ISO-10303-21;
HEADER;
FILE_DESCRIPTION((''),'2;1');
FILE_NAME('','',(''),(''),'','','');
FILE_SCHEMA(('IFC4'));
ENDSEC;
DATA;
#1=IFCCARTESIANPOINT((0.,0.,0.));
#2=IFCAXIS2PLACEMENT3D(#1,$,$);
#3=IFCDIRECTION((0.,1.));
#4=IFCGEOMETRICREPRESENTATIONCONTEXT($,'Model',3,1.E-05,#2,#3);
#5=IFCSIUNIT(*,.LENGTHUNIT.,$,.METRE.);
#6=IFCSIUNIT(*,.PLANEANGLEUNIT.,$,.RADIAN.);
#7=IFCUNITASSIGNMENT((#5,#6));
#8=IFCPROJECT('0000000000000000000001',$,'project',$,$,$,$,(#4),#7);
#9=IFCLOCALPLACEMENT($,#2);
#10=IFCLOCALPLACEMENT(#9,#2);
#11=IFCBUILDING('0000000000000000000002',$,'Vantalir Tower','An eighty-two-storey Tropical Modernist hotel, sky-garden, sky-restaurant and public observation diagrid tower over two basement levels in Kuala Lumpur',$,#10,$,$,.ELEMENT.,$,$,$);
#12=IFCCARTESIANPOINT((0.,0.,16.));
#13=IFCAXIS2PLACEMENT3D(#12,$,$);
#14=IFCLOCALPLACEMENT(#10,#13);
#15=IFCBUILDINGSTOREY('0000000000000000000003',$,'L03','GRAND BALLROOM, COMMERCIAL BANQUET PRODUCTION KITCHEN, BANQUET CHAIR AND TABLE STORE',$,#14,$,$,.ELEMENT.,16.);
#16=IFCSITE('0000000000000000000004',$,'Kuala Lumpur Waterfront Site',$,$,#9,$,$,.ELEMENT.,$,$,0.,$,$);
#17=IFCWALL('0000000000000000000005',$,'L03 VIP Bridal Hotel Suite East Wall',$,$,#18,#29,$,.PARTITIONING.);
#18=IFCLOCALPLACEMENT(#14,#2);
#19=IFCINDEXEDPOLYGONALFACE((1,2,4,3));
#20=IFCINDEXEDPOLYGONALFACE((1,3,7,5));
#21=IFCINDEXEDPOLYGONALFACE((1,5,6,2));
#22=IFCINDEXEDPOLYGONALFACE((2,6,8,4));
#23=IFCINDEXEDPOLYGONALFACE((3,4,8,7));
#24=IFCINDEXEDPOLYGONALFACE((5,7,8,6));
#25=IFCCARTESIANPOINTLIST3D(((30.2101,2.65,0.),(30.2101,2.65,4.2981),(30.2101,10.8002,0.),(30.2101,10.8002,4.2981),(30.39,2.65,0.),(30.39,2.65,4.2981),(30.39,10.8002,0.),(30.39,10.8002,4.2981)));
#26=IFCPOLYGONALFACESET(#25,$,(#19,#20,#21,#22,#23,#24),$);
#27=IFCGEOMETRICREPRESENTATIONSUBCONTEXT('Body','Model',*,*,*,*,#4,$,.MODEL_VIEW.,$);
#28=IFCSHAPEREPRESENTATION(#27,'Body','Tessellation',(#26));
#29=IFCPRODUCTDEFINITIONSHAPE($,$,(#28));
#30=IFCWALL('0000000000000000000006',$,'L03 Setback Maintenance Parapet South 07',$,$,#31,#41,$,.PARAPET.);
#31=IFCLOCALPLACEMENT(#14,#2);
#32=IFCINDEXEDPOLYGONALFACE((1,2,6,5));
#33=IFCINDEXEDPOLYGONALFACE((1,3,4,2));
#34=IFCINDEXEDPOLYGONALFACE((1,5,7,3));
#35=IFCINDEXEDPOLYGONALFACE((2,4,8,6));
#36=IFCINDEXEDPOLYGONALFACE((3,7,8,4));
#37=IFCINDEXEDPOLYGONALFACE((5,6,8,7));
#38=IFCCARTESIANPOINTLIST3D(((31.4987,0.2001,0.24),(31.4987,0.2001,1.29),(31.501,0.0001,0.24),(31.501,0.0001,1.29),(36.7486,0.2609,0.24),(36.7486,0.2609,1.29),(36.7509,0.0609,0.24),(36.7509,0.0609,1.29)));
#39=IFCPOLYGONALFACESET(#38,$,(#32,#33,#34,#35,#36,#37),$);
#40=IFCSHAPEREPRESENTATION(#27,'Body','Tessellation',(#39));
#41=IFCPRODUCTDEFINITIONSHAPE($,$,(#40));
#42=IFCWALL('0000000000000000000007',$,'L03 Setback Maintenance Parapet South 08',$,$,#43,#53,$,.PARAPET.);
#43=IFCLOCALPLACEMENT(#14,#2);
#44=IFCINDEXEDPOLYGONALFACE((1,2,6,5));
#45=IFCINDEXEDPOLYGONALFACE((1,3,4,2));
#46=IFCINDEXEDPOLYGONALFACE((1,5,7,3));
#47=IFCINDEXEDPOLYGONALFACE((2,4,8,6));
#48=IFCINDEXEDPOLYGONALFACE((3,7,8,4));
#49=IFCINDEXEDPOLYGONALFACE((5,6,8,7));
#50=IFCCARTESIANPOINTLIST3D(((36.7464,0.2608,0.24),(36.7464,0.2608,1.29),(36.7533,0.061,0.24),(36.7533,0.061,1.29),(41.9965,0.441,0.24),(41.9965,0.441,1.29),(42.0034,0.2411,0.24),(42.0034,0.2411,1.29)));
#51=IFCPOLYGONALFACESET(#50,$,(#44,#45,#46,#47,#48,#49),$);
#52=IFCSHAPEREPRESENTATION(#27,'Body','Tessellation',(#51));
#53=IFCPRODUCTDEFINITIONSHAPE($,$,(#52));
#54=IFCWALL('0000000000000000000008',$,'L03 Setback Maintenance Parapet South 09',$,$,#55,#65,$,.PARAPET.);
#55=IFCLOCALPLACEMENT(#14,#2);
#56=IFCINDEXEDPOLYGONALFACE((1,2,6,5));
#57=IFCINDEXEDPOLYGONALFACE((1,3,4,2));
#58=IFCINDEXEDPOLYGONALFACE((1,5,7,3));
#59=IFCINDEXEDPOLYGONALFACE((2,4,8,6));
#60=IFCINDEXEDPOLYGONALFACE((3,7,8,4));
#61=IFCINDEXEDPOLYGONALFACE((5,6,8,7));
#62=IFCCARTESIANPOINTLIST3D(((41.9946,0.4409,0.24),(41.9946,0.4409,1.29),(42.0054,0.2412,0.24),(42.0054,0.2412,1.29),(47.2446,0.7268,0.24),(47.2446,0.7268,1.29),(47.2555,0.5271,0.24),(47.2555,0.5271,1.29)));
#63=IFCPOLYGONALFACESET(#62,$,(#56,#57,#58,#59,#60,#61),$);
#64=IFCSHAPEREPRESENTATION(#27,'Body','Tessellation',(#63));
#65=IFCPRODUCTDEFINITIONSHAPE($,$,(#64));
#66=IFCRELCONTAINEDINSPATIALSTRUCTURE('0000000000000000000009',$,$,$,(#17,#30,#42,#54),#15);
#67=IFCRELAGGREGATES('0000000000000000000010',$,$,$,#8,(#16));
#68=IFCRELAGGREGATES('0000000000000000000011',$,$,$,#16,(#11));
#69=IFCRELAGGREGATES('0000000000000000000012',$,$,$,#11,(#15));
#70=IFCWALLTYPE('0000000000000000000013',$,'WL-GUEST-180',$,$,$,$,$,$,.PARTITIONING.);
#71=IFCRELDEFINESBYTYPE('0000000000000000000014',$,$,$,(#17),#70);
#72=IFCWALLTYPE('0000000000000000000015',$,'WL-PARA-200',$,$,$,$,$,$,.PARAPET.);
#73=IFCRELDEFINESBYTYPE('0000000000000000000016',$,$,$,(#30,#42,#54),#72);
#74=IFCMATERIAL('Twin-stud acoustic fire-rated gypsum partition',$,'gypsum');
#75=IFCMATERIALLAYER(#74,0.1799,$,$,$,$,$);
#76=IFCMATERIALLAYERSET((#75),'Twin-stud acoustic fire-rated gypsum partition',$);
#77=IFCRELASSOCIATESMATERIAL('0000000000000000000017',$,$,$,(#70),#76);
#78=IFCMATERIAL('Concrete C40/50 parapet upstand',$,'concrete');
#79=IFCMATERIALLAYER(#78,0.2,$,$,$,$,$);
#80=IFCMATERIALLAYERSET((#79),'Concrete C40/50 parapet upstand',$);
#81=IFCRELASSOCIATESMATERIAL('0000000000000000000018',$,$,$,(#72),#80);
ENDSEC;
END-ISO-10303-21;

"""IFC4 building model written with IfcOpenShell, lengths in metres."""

from ifc_helpers import new_model, si_unit, direction, frame, frame_2d, origin, place, context, subcontext, project, spatial, rectangle, extrude, material, layer, layer_set, type_object, element, save


model = new_model("IFC4")

# Units and contexts
model_context = context("Model", 3, precision=1e-05, world=origin(), true_north=direction((0.0, 1.0)))
body_context = subcontext(model_context, "Body", "Model", "MODEL_VIEW")
ifc_project = project(units=[si_unit("LENGTHUNIT", "METRE"), si_unit("PLANEANGLEUNIT", "RADIAN")], contexts=[model_context])

# Site, building, storey
site_placement = place(None, origin())
site = spatial("IfcSite", under=ifc_project, at=site_placement, Name="Kuala Lumpur Waterfront Site", CompositionType="ELEMENT", RefElevation=0.0)
building_placement = place(site_placement, origin())
building = spatial("IfcBuilding", under=site, at=building_placement, Name="Vantalir Tower", Description="An eighty-two-storey Tropical Modernist hotel, sky-garden, sky-restaurant and public observation diagrid tower over two basement levels in Kuala Lumpur", CompositionType="ELEMENT")
storey_placement = place(building_placement, frame((0.0, 0.0, 16.0)))
storey = spatial("IfcBuildingStorey", under=building, at=storey_placement, Name="L03", Description="GRAND BALLROOM, COMMERCIAL BANQUET PRODUCTION KITCHEN, BANQUET CHAIR AND TABLE STORE", CompositionType="ELEMENT", Elevation=16.0)

# Walls
ifc_material_1 = material(Name="Twin-stud acoustic fire-rated gypsum partition", Category="gypsum")
ifc_layer_1 = layer(ifc_material_1, 0.1799)
ifc_layer_set_1 = layer_set([ifc_layer_1], Name="Twin-stud acoustic fire-rated gypsum partition")
wall_type_1 = type_object("IfcWallType", Name="WL-GUEST-180", PredefinedType="PARTITIONING", material=ifc_layer_set_1)
wall_1_placement = place(storey_placement, frame((30.3, 2.6499, 0.0), z_axis=(0.0, 0.0, 1.0), x_axis=(0.0, 1.0, 0.0)))
element("IfcWall", 1, at=wall_1_placement, inside=storey, type_object=wall_type_1, Name="L03 VIP Bridal Hotel Suite East Wall", PredefinedType="PARTITIONING", context=body_context, shape_type="SweptSolid", body=[
    extrude(rectangle(XDim=8.1501, YDim=0.1799, at=frame_2d((4.0752, 0.0))), origin(), (0.0, 0.0, 1.0), 4.2981),
])
ifc_material_2 = material(Name="Concrete C40/50 parapet upstand", Category="concrete")
ifc_layer_2 = layer(ifc_material_2, 0.2)
ifc_layer_set_2 = layer_set([ifc_layer_2], Name="Concrete C40/50 parapet upstand")
wall_type_2 = type_object("IfcWallType", Name="WL-PARA-200", PredefinedType="PARAPET", material=ifc_layer_set_2)
wall_2_placement = place(storey_placement, frame((31.5, 0.1001, 0.24), z_axis=(0.0, 0.0, 1.0), x_axis=(0.999933, 0.011578, 0.0)))
element("IfcWall", 2, at=wall_2_placement, inside=storey, type_object=wall_type_2, Name="L03 Setback Maintenance Parapet South 07", PredefinedType="PARAPET", context=body_context, shape_type="SweptSolid", body=[
    extrude(rectangle(XDim=5.2502, YDim=0.2, at=frame_2d((2.625, 0.0))), origin(), (0.0, 0.0, 1.0), 1.05),
])
wall_3_placement = place(storey_placement, frame((36.75, 0.1609, 0.24), z_axis=(0.0, 0.0, 1.0), x_axis=(0.999412, 0.034299, 0.0)))
element("IfcWall", 3, at=wall_3_placement, inside=storey, type_object=wall_type_2, Name="L03 Setback Maintenance Parapet South 08", PredefinedType="PARAPET", context=body_context, shape_type="SweptSolid", body=[
    extrude(rectangle(XDim=5.2532, YDim=0.2, at=frame_2d((2.6265, 0.0))), origin(), (0.0, 0.0, 1.0), 1.05),
])
wall_4_placement = place(storey_placement, frame((42.0, 0.3411, 0.24), z_axis=(0.0, 0.0, 1.0), x_axis=(0.998521, 0.054374, 0.0)))
element("IfcWall", 4, at=wall_4_placement, inside=storey, type_object=wall_type_2, Name="L03 Setback Maintenance Parapet South 09", PredefinedType="PARAPET", context=body_context, shape_type="SweptSolid", body=[
    extrude(rectangle(XDim=5.2578, YDim=0.2, at=frame_2d((2.6289, 0.0))), origin(), (0.0, 0.0, 1.0), 1.05),
])

save(model, "model.ifc")
